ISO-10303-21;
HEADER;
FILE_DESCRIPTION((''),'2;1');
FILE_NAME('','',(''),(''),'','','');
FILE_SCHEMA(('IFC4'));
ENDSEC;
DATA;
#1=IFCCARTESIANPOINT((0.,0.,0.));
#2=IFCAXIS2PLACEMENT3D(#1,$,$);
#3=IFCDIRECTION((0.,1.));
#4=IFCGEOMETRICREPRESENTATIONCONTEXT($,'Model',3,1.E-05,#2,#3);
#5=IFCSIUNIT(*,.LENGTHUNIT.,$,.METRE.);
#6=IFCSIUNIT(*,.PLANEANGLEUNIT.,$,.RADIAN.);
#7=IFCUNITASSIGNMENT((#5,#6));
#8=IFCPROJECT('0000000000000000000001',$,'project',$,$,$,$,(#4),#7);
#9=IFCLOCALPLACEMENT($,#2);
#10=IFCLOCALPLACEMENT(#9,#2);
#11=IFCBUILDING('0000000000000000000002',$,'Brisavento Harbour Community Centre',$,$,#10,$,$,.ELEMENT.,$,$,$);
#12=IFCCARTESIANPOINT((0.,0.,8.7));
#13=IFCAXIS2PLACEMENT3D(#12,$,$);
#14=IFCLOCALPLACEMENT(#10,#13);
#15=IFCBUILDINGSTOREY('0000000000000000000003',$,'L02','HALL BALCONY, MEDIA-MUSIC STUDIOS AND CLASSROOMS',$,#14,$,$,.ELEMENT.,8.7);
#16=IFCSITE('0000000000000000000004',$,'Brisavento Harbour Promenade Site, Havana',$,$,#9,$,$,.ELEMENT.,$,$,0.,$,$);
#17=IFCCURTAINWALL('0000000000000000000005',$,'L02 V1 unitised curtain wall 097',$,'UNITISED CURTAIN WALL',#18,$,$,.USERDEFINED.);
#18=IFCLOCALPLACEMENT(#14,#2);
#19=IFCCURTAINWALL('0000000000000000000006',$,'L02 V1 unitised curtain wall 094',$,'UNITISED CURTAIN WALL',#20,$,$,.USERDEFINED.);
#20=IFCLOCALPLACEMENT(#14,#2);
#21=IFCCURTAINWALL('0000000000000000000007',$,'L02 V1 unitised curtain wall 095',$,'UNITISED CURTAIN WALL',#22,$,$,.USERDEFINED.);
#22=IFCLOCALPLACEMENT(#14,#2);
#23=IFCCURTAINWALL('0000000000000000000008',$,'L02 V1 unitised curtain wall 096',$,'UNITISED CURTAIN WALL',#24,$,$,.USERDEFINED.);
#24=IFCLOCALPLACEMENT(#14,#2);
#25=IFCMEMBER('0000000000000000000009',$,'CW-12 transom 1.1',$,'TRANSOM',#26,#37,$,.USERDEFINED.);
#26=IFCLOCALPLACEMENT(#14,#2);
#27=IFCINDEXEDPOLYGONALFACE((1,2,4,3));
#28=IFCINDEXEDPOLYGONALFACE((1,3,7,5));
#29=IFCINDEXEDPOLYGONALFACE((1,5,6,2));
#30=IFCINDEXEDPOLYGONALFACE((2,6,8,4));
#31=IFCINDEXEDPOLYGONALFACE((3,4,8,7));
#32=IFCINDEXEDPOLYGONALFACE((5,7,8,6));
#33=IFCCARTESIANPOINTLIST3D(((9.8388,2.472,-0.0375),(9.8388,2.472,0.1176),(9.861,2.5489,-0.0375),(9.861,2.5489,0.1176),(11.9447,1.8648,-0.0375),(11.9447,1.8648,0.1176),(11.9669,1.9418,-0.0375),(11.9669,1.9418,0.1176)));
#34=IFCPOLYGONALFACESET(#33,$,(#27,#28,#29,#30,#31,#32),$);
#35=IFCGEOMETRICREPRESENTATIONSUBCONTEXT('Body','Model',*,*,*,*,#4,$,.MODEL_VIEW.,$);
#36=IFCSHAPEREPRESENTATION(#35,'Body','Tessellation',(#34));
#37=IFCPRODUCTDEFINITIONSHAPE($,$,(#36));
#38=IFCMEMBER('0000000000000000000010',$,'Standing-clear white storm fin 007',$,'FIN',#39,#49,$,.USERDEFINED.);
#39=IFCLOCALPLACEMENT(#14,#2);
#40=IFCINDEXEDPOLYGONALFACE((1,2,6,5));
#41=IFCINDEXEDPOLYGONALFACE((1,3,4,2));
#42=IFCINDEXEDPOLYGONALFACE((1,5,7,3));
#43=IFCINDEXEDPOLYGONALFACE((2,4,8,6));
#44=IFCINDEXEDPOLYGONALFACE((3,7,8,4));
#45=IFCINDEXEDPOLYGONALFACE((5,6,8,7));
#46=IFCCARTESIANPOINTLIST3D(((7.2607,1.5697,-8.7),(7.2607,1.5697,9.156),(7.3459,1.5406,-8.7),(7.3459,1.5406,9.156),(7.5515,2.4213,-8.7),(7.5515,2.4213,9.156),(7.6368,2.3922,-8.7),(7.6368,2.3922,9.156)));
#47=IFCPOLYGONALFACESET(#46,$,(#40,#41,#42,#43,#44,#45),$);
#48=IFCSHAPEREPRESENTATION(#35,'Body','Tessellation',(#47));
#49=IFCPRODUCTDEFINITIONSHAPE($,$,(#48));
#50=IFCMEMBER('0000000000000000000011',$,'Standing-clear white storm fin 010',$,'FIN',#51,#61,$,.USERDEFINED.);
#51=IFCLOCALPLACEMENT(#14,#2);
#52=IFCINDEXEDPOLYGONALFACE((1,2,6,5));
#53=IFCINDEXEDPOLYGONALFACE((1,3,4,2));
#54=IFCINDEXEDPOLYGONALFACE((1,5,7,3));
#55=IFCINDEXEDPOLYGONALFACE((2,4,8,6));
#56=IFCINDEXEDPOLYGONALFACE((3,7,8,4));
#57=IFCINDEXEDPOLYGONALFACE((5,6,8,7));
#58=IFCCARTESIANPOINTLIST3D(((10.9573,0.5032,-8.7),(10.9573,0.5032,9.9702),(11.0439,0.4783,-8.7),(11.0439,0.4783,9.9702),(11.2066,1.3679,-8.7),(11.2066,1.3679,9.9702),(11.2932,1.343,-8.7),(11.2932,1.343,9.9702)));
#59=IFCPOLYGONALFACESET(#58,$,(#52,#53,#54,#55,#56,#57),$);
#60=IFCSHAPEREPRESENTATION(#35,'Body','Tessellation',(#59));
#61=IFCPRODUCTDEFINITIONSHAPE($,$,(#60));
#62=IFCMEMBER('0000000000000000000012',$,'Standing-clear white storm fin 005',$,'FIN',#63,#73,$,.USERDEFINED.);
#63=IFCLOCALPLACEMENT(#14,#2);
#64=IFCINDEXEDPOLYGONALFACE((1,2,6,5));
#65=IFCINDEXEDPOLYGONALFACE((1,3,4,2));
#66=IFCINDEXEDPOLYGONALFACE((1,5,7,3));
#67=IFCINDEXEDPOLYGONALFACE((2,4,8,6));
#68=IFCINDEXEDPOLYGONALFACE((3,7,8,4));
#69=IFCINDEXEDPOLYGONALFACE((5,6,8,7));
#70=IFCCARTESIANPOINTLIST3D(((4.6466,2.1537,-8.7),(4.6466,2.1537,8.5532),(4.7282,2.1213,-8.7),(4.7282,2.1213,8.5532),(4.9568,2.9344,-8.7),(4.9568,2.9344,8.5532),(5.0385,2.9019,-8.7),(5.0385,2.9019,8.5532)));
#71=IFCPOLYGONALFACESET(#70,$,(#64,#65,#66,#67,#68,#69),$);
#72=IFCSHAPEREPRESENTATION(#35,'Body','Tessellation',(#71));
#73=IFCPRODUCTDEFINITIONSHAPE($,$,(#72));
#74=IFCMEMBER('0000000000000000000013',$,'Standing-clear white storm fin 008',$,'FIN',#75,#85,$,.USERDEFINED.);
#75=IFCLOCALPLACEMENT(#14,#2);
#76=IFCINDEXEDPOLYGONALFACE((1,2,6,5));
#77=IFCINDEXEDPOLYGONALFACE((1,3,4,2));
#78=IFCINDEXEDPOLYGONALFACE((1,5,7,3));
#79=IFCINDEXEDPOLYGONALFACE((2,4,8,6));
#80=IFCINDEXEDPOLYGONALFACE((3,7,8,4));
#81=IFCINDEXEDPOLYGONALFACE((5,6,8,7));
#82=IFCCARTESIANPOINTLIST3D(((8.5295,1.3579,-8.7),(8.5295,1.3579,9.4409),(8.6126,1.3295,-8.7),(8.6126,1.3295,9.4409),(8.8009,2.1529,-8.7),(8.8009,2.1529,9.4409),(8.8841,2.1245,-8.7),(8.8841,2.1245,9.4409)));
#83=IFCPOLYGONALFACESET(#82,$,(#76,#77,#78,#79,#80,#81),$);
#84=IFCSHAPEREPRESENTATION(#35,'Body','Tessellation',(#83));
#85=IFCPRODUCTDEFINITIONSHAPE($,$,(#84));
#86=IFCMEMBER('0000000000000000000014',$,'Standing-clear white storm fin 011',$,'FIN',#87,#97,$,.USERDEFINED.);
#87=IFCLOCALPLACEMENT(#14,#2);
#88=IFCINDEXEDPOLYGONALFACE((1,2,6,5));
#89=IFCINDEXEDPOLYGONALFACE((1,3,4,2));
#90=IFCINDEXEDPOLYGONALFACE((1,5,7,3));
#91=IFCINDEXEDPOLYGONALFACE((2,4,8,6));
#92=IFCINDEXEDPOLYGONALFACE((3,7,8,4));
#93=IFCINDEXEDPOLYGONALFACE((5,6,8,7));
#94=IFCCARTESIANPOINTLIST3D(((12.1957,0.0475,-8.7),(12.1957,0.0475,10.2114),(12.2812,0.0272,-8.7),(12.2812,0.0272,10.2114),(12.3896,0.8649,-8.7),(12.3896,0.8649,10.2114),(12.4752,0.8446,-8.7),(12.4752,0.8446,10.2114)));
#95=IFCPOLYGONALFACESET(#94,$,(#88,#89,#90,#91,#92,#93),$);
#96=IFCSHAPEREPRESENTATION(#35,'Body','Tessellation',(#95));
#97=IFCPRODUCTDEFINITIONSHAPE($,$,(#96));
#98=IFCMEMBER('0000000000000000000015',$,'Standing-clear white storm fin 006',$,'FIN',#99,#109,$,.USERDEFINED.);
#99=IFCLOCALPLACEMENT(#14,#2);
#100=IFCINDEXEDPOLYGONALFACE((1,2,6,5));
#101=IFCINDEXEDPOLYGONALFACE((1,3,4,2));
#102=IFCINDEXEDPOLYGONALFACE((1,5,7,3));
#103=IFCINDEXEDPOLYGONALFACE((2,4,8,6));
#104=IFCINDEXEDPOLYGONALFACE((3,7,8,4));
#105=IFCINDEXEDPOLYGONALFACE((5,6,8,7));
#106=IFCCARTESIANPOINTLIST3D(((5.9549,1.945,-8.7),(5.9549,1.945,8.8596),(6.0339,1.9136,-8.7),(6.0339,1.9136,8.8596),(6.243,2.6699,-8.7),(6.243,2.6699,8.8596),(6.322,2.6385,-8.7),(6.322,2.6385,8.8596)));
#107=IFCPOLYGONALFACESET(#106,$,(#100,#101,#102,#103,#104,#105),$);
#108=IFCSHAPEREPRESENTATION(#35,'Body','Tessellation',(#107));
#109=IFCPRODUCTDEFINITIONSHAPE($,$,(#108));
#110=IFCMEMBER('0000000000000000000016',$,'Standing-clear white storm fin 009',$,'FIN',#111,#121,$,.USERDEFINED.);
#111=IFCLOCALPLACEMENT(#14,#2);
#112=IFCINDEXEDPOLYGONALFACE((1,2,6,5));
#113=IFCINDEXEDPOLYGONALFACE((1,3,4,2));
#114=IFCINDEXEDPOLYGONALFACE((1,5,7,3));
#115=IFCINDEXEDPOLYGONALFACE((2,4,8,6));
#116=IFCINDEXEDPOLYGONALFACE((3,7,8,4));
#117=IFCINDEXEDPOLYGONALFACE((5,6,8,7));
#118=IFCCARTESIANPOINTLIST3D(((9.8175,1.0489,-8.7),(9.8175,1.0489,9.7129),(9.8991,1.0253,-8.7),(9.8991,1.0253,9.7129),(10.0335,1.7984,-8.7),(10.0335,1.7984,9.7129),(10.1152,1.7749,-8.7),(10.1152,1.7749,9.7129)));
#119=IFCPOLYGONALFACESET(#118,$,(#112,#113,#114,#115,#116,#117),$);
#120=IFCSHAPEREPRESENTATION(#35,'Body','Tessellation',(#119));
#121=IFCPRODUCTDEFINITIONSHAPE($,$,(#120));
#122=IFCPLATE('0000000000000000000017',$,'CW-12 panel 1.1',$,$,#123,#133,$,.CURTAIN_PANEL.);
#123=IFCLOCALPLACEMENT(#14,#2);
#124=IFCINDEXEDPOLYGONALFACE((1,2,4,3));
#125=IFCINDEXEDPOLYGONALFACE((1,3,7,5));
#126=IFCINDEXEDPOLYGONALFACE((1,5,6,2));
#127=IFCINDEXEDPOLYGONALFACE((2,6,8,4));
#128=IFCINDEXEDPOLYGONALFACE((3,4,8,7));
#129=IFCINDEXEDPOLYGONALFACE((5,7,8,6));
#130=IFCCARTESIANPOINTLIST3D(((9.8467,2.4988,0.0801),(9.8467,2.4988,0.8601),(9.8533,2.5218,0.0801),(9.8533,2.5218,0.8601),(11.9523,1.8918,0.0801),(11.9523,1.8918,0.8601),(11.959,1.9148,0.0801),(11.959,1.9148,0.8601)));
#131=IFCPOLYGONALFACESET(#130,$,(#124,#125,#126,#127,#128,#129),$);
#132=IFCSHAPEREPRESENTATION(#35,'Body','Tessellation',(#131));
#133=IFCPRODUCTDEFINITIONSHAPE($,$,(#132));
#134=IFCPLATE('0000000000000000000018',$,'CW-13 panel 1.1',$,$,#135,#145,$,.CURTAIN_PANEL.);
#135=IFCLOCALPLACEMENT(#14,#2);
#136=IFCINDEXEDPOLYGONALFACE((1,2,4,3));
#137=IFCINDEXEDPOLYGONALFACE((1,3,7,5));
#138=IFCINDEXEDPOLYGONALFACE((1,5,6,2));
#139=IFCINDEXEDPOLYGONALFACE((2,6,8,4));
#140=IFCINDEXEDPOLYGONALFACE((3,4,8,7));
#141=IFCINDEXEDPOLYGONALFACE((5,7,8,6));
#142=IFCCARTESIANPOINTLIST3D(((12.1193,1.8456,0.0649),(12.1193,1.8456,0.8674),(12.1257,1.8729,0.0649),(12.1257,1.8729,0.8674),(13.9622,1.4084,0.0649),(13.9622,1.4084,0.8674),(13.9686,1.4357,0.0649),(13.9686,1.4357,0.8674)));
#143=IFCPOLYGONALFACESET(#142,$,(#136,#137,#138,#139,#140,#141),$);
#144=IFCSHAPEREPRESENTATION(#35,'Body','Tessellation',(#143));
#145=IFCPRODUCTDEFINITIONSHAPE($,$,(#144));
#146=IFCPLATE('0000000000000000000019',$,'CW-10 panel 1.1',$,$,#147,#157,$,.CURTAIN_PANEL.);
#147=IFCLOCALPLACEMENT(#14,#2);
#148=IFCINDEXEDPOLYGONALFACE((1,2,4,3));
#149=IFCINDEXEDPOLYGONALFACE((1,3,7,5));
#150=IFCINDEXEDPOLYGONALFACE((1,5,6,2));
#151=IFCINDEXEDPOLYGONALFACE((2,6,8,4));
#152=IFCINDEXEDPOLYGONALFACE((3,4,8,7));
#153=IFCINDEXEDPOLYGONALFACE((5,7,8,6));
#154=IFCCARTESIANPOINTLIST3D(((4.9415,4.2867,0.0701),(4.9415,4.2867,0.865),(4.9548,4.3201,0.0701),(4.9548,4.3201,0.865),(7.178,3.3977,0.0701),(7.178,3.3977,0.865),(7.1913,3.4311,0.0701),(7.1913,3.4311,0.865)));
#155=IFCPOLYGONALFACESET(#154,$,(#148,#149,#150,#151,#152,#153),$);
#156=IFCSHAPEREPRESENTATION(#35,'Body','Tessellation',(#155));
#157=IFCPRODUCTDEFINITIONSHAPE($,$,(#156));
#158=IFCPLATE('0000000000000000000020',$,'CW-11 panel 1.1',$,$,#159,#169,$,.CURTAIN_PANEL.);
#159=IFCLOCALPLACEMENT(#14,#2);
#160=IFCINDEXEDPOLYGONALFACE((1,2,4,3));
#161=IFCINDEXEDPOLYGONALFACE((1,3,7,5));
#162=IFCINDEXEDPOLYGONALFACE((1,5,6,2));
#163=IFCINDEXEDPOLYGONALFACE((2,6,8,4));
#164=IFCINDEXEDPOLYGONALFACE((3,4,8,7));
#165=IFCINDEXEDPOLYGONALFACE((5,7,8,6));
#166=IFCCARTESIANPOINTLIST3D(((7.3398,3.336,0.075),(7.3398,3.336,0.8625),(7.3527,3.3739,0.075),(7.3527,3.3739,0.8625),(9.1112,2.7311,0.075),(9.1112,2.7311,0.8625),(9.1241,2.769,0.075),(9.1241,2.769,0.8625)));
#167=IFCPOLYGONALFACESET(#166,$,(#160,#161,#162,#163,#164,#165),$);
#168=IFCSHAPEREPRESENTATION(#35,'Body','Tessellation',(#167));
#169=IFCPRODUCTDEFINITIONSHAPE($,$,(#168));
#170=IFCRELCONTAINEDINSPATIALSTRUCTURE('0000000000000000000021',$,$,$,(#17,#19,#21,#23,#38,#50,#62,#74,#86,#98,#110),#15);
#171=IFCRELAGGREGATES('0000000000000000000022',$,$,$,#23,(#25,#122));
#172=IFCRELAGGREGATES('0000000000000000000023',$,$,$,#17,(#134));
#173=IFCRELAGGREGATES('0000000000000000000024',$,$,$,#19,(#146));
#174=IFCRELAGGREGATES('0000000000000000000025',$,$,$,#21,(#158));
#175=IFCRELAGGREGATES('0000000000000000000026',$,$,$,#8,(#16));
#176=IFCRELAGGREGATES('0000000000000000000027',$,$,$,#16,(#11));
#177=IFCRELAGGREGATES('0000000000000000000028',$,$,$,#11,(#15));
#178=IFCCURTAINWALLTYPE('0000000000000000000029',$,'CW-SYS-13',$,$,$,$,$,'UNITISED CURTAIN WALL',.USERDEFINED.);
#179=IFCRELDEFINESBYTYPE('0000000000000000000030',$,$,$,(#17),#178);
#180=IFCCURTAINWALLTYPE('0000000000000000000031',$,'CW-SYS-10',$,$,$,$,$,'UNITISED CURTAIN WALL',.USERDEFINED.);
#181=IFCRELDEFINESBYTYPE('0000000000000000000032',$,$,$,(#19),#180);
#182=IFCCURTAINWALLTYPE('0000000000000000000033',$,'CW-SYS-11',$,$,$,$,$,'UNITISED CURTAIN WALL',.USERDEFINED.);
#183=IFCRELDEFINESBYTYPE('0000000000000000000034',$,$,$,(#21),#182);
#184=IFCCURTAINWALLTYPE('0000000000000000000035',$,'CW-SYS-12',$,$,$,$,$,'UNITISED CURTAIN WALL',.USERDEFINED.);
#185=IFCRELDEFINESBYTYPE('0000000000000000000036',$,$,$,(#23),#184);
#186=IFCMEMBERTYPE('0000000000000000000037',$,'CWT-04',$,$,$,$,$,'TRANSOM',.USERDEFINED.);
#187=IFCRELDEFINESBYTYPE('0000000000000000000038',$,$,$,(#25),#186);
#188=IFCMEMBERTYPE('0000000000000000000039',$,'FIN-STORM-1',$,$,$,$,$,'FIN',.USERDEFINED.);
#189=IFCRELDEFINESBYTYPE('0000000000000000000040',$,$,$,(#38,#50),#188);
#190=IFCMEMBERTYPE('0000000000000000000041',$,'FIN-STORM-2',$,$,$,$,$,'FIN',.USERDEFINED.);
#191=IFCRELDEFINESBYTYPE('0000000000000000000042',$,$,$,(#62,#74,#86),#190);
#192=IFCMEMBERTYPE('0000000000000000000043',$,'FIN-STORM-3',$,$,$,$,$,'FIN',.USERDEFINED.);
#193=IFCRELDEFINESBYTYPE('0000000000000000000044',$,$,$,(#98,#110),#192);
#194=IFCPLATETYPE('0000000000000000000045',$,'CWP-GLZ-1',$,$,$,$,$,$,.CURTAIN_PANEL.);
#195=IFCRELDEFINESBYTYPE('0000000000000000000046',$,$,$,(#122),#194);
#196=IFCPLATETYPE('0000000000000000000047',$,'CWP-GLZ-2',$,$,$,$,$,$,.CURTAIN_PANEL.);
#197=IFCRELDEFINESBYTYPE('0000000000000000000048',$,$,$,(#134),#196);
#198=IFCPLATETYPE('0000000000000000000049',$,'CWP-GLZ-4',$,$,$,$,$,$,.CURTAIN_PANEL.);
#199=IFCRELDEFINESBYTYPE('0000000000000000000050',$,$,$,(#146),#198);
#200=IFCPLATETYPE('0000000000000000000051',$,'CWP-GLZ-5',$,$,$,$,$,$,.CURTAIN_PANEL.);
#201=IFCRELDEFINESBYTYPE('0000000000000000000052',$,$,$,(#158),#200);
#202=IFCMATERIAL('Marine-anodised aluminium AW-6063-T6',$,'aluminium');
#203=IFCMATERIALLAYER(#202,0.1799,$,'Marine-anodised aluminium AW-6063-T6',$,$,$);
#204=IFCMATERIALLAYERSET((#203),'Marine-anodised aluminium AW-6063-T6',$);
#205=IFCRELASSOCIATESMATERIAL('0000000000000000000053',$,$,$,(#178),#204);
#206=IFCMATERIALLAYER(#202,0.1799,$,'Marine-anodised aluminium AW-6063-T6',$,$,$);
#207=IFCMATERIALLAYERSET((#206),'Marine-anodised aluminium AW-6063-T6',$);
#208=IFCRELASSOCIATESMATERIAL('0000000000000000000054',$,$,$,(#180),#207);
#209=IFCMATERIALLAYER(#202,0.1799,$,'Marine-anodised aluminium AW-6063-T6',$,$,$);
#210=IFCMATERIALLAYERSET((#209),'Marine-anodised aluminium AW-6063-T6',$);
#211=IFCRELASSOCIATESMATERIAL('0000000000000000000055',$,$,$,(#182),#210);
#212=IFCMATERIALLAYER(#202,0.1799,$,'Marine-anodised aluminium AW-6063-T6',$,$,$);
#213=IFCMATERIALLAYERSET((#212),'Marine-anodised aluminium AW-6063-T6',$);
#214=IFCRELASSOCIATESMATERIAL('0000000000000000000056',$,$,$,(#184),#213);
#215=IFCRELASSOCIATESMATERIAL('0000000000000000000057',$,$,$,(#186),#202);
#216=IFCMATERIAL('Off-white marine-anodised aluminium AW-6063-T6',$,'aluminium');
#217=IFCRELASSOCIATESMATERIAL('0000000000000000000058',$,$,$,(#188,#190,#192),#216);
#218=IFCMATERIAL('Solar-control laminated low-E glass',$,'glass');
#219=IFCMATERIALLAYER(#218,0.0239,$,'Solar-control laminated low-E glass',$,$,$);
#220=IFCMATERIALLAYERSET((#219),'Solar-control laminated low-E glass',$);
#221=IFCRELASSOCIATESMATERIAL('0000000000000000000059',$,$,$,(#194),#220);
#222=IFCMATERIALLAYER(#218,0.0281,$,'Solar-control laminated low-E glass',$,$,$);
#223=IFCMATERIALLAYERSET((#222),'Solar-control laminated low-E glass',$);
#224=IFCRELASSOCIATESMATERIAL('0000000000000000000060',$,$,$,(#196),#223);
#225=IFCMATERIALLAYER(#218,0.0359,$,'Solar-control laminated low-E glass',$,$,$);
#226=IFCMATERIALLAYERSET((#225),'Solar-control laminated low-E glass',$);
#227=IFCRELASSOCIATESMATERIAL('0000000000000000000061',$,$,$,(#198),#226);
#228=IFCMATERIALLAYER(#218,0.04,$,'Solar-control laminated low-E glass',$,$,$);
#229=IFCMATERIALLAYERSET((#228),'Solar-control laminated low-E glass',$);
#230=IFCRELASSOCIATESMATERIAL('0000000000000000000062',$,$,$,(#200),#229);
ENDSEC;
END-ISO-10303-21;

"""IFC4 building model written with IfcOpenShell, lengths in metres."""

from ifc_helpers import new_model, si_unit, direction, frame, origin, origin_2d, place, context, subcontext, project, spatial, rectangle, extrude, material, layer, layer_set, material_profile, profile_set, type_object, element, aggregate, save


model = new_model("IFC4")

# Units and contexts
model_context = context("Model", 3, precision=1e-05, world=origin(), true_north=direction((0.0, 1.0)))
body_context = subcontext(model_context, "Body", "Model", "MODEL_VIEW")
ifc_project = project(units=[si_unit("LENGTHUNIT", "METRE"), si_unit("PLANEANGLEUNIT", "RADIAN")], contexts=[model_context])

# Site, building, storey
site_placement = place(None, origin())
site = spatial("IfcSite", under=ifc_project, at=site_placement, Name="Brisavento Harbour Promenade Site, Havana", CompositionType="ELEMENT", RefElevation=0.0)
building_placement = place(site_placement, origin())
building = spatial("IfcBuilding", under=site, at=building_placement, Name="Brisavento Harbour Community Centre", CompositionType="ELEMENT")
storey_placement = place(building_placement, frame((0.0, 0.0, 8.7)))
storey = spatial("IfcBuildingStorey", under=building, at=storey_placement, Name="L02", Description="HALL BALCONY, MEDIA-MUSIC STUDIOS AND CLASSROOMS", CompositionType="ELEMENT", Elevation=8.7)

# Curtain wall
ifc_material_1 = material(Name="Marine-anodised aluminium AW-6063-T6", Category="aluminium")
ifc_layer_1 = layer(ifc_material_1, 0.1799, Name="Marine-anodised aluminium AW-6063-T6")
ifc_layer_set_1 = layer_set([ifc_layer_1], Name="Marine-anodised aluminium AW-6063-T6")
curtain_wall_type_1 = type_object("IfcCurtainWallType", Name="CW-SYS-13", ElementType="UNITISED CURTAIN WALL", PredefinedType="USERDEFINED", material=ifc_layer_set_1)
curtain_wall_1_placement = place(storey_placement, origin())
curtain_wall_1 = element("IfcCurtainWall", 1, at=curtain_wall_1_placement, inside=storey, type_object=curtain_wall_type_1, Name="L02 V1 unitised curtain wall 097", ObjectType="UNITISED CURTAIN WALL", PredefinedType="USERDEFINED")

# Curtain walls
ifc_layer_2 = layer(ifc_material_1, 0.1799, Name="Marine-anodised aluminium AW-6063-T6")
ifc_layer_set_2 = layer_set([ifc_layer_2], Name="Marine-anodised aluminium AW-6063-T6")
curtain_wall_type_2 = type_object("IfcCurtainWallType", Name="CW-SYS-10", ElementType="UNITISED CURTAIN WALL", PredefinedType="USERDEFINED", material=ifc_layer_set_2)
curtain_wall_2_placement = place(storey_placement, origin())
curtain_wall_2 = element("IfcCurtainWall", 2, at=curtain_wall_2_placement, inside=storey, type_object=curtain_wall_type_2, Name="L02 V1 unitised curtain wall 094", ObjectType="UNITISED CURTAIN WALL", PredefinedType="USERDEFINED")
ifc_layer_3 = layer(ifc_material_1, 0.1799, Name="Marine-anodised aluminium AW-6063-T6")
ifc_layer_set_3 = layer_set([ifc_layer_3], Name="Marine-anodised aluminium AW-6063-T6")
curtain_wall_type_3 = type_object("IfcCurtainWallType", Name="CW-SYS-11", ElementType="UNITISED CURTAIN WALL", PredefinedType="USERDEFINED", material=ifc_layer_set_3)
curtain_wall_3_placement = place(storey_placement, origin())
curtain_wall_3 = element("IfcCurtainWall", 3, at=curtain_wall_3_placement, inside=storey, type_object=curtain_wall_type_3, Name="L02 V1 unitised curtain wall 095", ObjectType="UNITISED CURTAIN WALL", PredefinedType="USERDEFINED")
ifc_layer_4 = layer(ifc_material_1, 0.1799, Name="Marine-anodised aluminium AW-6063-T6")
ifc_layer_set_4 = layer_set([ifc_layer_4], Name="Marine-anodised aluminium AW-6063-T6")
curtain_wall_type_4 = type_object("IfcCurtainWallType", Name="CW-SYS-12", ElementType="UNITISED CURTAIN WALL", PredefinedType="USERDEFINED", material=ifc_layer_set_4)
curtain_wall_4_placement = place(storey_placement, origin())
curtain_wall_4 = element("IfcCurtainWall", 4, at=curtain_wall_4_placement, inside=storey, type_object=curtain_wall_type_4, Name="L02 V1 unitised curtain wall 096", ObjectType="UNITISED CURTAIN WALL", PredefinedType="USERDEFINED")

# Member
ifc_material_profile_1 = material_profile(ifc_material_1, rectangle(XDim=0.0801, YDim=0.155, at=origin_2d()), Name="Marine-anodised aluminium AW-6063-T6")
ifc_profile_set_1 = profile_set([ifc_material_profile_1], Name="Marine-anodised aluminium AW-6063-T6")
member_type_1 = type_object("IfcMemberType", Name="CWT-04", ElementType="TRANSOM", PredefinedType="USERDEFINED", material=ifc_profile_set_1)
member_1_placement = place(storey_placement, frame((11.9558, 1.9033, 0.04), z_axis=(-0.960861, 0.27703, 0.0), x_axis=(-0.27703, -0.960861, 0.0)))
member_1 = element("IfcMember", 5, at=member_1_placement, type_object=member_type_1, Name="CW-12 transom 1.1", ObjectType="TRANSOM", PredefinedType="USERDEFINED", context=body_context, shape_type="SweptSolid", body=[
    extrude(rectangle(XDim=0.0801, YDim=0.155, at=origin_2d()), origin(), (0.0, 0.0, 1.0), 2.1917),
])

# Members
ifc_material_2 = material(Name="Off-white marine-anodised aluminium AW-6063-T6", Category="aluminium")
ifc_material_profile_2 = material_profile(ifc_material_2, rectangle(XDim=0.0901, YDim=0.8999, at=origin_2d()), Name="Off-white marine-anodised aluminium AW-6063-T6")
ifc_profile_set_2 = profile_set([ifc_material_profile_2], Name="Off-white marine-anodised aluminium AW-6063-T6")
member_type_2 = type_object("IfcMemberType", Name="FIN-STORM-1", ElementType="FIN", PredefinedType="USERDEFINED", material=ifc_profile_set_2)
member_2_placement = place(storey_placement, frame((7.4487, 1.981, -8.7), z_axis=(0.0, 0.0, 1.0), x_axis=(-0.946339, 0.323174, 0.0)))
element("IfcMember", 6, at=member_2_placement, inside=storey, type_object=member_type_2, Name="Standing-clear white storm fin 007", ObjectType="FIN", PredefinedType="USERDEFINED", context=body_context, shape_type="SweptSolid", body=[
    extrude(rectangle(XDim=0.0901, YDim=0.8999, at=origin_2d()), origin(), (0.0, 0.0, 1.0), 17.856),
])
member_3_placement = place(storey_placement, frame((11.1252, 0.9231, -8.7), z_axis=(0.0, 0.0, 1.0), x_axis=(-0.960871, 0.276996, 0.0)))
element("IfcMember", 7, at=member_3_placement, inside=storey, type_object=member_type_2, Name="Standing-clear white storm fin 010", ObjectType="FIN", PredefinedType="USERDEFINED", context=body_context, shape_type="SweptSolid", body=[
    extrude(rectangle(XDim=0.0901, YDim=0.8999, at=origin_2d()), origin(), (0.0, 0.0, 1.0), 18.6702),
])
ifc_material_profile_3 = material_profile(ifc_material_2, rectangle(XDim=0.0879, YDim=0.8401, at=origin_2d()), Name="Off-white marine-anodised aluminium AW-6063-T6")
ifc_profile_set_3 = profile_set([ifc_material_profile_3], Name="Off-white marine-anodised aluminium AW-6063-T6")
member_type_3 = type_object("IfcMemberType", Name="FIN-STORM-2", ElementType="FIN", PredefinedType="USERDEFINED", material=ifc_profile_set_3)
member_4_placement = place(storey_placement, frame((4.8425, 2.5278, -8.7), z_axis=(0.0, 0.0, 1.0), x_axis=(-0.929294, 0.369341, 0.0)))
element("IfcMember", 8, at=member_4_placement, inside=storey, type_object=member_type_3, Name="Standing-clear white storm fin 005", ObjectType="FIN", PredefinedType="USERDEFINED", context=body_context, shape_type="SweptSolid", body=[
    extrude(rectangle(XDim=0.0879, YDim=0.8401, at=origin_2d()), origin(), (0.0, 0.0, 1.0), 17.2532),
])
member_5_placement = place(storey_placement, frame((8.7068, 1.7412, -8.7), z_axis=(0.0, 0.0, 1.0), x_axis=(-0.946339, 0.323174, 0.0)))
element("IfcMember", 9, at=member_5_placement, inside=storey, type_object=member_type_3, Name="Standing-clear white storm fin 008", ObjectType="FIN", PredefinedType="USERDEFINED", context=body_context, shape_type="SweptSolid", body=[
    extrude(rectangle(XDim=0.0879, YDim=0.8401, at=origin_2d()), origin(), (0.0, 0.0, 1.0), 18.1409),
])
member_6_placement = place(storey_placement, frame((12.3354, 0.446, -8.7), z_axis=(0.0, 0.0, 1.0), x_axis=(-0.972994, 0.230831, 0.0)))
element("IfcMember", 10, at=member_6_placement, inside=storey, type_object=member_type_3, Name="Standing-clear white storm fin 011", ObjectType="FIN", PredefinedType="USERDEFINED", context=body_context, shape_type="SweptSolid", body=[
    extrude(rectangle(XDim=0.0879, YDim=0.8401, at=origin_2d()), origin(), (0.0, 0.0, 1.0), 18.9114),
])
ifc_material_profile_4 = material_profile(ifc_material_2, rectangle(XDim=0.085, YDim=0.78, at=origin_2d()), Name="Off-white marine-anodised aluminium AW-6063-T6")
ifc_profile_set_4 = profile_set([ifc_material_profile_4], Name="Off-white marine-anodised aluminium AW-6063-T6")
member_type_4 = type_object("IfcMemberType", Name="FIN-STORM-3", ElementType="FIN", PredefinedType="USERDEFINED", material=ifc_profile_set_4)
member_7_placement = place(storey_placement, frame((6.1384, 2.2917, -8.7), z_axis=(0.0, 0.0, 1.0), x_axis=(-0.929294, 0.369341, 0.0)))
element("IfcMember", 11, at=member_7_placement, inside=storey, type_object=member_type_4, Name="Standing-clear white storm fin 006", ObjectType="FIN", PredefinedType="USERDEFINED", context=body_context, shape_type="SweptSolid", body=[
    extrude(rectangle(XDim=0.085, YDim=0.78, at=origin_2d()), origin(), (0.0, 0.0, 1.0), 17.5596),
])
member_8_placement = place(storey_placement, frame((9.9663, 1.4119, -8.7), z_axis=(0.0, 0.0, 1.0), x_axis=(-0.960871, 0.276996, 0.0)))
element("IfcMember", 12, at=member_8_placement, inside=storey, type_object=member_type_4, Name="Standing-clear white storm fin 009", ObjectType="FIN", PredefinedType="USERDEFINED", context=body_context, shape_type="SweptSolid", body=[
    extrude(rectangle(XDim=0.085, YDim=0.78, at=origin_2d()), origin(), (0.0, 0.0, 1.0), 18.4128),
])

# Plates
ifc_material_3 = material(Name="Solar-control laminated low-E glass", Category="glass")
ifc_layer_5 = layer(ifc_material_3, 0.0239, Name="Solar-control laminated low-E glass")
ifc_layer_set_5 = layer_set([ifc_layer_5], Name="Solar-control laminated low-E glass")
plate_type_1 = type_object("IfcPlateType", Name="CWP-GLZ-1", PredefinedType="CURTAIN_PANEL", material=ifc_layer_set_5)
plate_1_placement = place(storey_placement, frame((10.9028, 2.2068, 0.0801), z_axis=(0.0, 0.0, 1.0), x_axis=(-0.960866, 0.277012, 0.0)))
plate_1 = element("IfcPlate", 13, at=plate_1_placement, type_object=plate_type_1, Name="CW-12 panel 1.1", PredefinedType="CURTAIN_PANEL", context=body_context, shape_type="SweptSolid", body=[
    extrude(rectangle(XDim=2.1914, YDim=0.0239, at=origin_2d()), origin(), (0.0, 0.0, 1.0), 0.78),
])
aggregate(curtain_wall_4, [member_1, plate_1])
ifc_layer_6 = layer(ifc_material_3, 0.0281, Name="Solar-control laminated low-E glass")
ifc_layer_set_6 = layer_set([ifc_layer_6], Name="Solar-control laminated low-E glass")
plate_type_2 = type_object("IfcPlateType", Name="CWP-GLZ-2", PredefinedType="CURTAIN_PANEL", material=ifc_layer_set_6)
plate_2_placement = place(storey_placement, frame((13.0439, 1.6406, 0.0649), z_axis=(0.0, 0.0, 1.0), x_axis=(-0.972998, 0.230812, 0.0)))
plate_2 = element("IfcPlate", 14, at=plate_2_placement, type_object=plate_type_2, Name="CW-13 panel 1.1", PredefinedType="CURTAIN_PANEL", context=body_context, shape_type="SweptSolid", body=[
    extrude(rectangle(XDim=1.894, YDim=0.0281, at=origin_2d()), origin(), (0.0, 0.0, 1.0), 0.8025),
])
aggregate(curtain_wall_1, [plate_2])
ifc_layer_7 = layer(ifc_material_3, 0.0359, Name="Solar-control laminated low-E glass")
ifc_layer_set_7 = layer_set([ifc_layer_7], Name="Solar-control laminated low-E glass")
plate_type_3 = type_object("IfcPlateType", Name="CWP-GLZ-4", PredefinedType="CURTAIN_PANEL", material=ifc_layer_set_7)
plate_3_placement = place(storey_placement, frame((6.0664, 3.8589, 0.0701), z_axis=(0.0, 0.0, 1.0), x_axis=(-0.929279, 0.369379, 0.0)))
plate_3 = element("IfcPlate", 15, at=plate_3_placement, type_object=plate_type_3, Name="CW-10 panel 1.1", PredefinedType="CURTAIN_PANEL", context=body_context, shape_type="SweptSolid", body=[
    extrude(rectangle(XDim=2.4067, YDim=0.0359, at=origin_2d()), origin(), (0.0, 0.0, 1.0), 0.7949),
])
aggregate(curtain_wall_2, [plate_3])
ifc_layer_8 = layer(ifc_material_3, 0.04, Name="Solar-control laminated low-E glass")
ifc_layer_set_8 = layer_set([ifc_layer_8], Name="Solar-control laminated low-E glass")
plate_type_4 = type_object("IfcPlateType", Name="CWP-GLZ-5", PredefinedType="CURTAIN_PANEL", material=ifc_layer_set_8)
plate_4_placement = place(storey_placement, frame((8.2319, 3.0525, 0.075), z_axis=(0.0, 0.0, 1.0), x_axis=(-0.946338, 0.323178, 0.0)))
plate_4 = element("IfcPlate", 16, at=plate_4_placement, type_object=plate_type_4, Name="CW-11 panel 1.1", PredefinedType="CURTAIN_PANEL", context=body_context, shape_type="SweptSolid", body=[
    extrude(rectangle(XDim=1.8718, YDim=0.04, at=origin_2d()), origin(), (0.0, 0.0, 1.0), 0.7876),
])
aggregate(curtain_wall_3, [plate_4])

save(model, "model.ifc")
